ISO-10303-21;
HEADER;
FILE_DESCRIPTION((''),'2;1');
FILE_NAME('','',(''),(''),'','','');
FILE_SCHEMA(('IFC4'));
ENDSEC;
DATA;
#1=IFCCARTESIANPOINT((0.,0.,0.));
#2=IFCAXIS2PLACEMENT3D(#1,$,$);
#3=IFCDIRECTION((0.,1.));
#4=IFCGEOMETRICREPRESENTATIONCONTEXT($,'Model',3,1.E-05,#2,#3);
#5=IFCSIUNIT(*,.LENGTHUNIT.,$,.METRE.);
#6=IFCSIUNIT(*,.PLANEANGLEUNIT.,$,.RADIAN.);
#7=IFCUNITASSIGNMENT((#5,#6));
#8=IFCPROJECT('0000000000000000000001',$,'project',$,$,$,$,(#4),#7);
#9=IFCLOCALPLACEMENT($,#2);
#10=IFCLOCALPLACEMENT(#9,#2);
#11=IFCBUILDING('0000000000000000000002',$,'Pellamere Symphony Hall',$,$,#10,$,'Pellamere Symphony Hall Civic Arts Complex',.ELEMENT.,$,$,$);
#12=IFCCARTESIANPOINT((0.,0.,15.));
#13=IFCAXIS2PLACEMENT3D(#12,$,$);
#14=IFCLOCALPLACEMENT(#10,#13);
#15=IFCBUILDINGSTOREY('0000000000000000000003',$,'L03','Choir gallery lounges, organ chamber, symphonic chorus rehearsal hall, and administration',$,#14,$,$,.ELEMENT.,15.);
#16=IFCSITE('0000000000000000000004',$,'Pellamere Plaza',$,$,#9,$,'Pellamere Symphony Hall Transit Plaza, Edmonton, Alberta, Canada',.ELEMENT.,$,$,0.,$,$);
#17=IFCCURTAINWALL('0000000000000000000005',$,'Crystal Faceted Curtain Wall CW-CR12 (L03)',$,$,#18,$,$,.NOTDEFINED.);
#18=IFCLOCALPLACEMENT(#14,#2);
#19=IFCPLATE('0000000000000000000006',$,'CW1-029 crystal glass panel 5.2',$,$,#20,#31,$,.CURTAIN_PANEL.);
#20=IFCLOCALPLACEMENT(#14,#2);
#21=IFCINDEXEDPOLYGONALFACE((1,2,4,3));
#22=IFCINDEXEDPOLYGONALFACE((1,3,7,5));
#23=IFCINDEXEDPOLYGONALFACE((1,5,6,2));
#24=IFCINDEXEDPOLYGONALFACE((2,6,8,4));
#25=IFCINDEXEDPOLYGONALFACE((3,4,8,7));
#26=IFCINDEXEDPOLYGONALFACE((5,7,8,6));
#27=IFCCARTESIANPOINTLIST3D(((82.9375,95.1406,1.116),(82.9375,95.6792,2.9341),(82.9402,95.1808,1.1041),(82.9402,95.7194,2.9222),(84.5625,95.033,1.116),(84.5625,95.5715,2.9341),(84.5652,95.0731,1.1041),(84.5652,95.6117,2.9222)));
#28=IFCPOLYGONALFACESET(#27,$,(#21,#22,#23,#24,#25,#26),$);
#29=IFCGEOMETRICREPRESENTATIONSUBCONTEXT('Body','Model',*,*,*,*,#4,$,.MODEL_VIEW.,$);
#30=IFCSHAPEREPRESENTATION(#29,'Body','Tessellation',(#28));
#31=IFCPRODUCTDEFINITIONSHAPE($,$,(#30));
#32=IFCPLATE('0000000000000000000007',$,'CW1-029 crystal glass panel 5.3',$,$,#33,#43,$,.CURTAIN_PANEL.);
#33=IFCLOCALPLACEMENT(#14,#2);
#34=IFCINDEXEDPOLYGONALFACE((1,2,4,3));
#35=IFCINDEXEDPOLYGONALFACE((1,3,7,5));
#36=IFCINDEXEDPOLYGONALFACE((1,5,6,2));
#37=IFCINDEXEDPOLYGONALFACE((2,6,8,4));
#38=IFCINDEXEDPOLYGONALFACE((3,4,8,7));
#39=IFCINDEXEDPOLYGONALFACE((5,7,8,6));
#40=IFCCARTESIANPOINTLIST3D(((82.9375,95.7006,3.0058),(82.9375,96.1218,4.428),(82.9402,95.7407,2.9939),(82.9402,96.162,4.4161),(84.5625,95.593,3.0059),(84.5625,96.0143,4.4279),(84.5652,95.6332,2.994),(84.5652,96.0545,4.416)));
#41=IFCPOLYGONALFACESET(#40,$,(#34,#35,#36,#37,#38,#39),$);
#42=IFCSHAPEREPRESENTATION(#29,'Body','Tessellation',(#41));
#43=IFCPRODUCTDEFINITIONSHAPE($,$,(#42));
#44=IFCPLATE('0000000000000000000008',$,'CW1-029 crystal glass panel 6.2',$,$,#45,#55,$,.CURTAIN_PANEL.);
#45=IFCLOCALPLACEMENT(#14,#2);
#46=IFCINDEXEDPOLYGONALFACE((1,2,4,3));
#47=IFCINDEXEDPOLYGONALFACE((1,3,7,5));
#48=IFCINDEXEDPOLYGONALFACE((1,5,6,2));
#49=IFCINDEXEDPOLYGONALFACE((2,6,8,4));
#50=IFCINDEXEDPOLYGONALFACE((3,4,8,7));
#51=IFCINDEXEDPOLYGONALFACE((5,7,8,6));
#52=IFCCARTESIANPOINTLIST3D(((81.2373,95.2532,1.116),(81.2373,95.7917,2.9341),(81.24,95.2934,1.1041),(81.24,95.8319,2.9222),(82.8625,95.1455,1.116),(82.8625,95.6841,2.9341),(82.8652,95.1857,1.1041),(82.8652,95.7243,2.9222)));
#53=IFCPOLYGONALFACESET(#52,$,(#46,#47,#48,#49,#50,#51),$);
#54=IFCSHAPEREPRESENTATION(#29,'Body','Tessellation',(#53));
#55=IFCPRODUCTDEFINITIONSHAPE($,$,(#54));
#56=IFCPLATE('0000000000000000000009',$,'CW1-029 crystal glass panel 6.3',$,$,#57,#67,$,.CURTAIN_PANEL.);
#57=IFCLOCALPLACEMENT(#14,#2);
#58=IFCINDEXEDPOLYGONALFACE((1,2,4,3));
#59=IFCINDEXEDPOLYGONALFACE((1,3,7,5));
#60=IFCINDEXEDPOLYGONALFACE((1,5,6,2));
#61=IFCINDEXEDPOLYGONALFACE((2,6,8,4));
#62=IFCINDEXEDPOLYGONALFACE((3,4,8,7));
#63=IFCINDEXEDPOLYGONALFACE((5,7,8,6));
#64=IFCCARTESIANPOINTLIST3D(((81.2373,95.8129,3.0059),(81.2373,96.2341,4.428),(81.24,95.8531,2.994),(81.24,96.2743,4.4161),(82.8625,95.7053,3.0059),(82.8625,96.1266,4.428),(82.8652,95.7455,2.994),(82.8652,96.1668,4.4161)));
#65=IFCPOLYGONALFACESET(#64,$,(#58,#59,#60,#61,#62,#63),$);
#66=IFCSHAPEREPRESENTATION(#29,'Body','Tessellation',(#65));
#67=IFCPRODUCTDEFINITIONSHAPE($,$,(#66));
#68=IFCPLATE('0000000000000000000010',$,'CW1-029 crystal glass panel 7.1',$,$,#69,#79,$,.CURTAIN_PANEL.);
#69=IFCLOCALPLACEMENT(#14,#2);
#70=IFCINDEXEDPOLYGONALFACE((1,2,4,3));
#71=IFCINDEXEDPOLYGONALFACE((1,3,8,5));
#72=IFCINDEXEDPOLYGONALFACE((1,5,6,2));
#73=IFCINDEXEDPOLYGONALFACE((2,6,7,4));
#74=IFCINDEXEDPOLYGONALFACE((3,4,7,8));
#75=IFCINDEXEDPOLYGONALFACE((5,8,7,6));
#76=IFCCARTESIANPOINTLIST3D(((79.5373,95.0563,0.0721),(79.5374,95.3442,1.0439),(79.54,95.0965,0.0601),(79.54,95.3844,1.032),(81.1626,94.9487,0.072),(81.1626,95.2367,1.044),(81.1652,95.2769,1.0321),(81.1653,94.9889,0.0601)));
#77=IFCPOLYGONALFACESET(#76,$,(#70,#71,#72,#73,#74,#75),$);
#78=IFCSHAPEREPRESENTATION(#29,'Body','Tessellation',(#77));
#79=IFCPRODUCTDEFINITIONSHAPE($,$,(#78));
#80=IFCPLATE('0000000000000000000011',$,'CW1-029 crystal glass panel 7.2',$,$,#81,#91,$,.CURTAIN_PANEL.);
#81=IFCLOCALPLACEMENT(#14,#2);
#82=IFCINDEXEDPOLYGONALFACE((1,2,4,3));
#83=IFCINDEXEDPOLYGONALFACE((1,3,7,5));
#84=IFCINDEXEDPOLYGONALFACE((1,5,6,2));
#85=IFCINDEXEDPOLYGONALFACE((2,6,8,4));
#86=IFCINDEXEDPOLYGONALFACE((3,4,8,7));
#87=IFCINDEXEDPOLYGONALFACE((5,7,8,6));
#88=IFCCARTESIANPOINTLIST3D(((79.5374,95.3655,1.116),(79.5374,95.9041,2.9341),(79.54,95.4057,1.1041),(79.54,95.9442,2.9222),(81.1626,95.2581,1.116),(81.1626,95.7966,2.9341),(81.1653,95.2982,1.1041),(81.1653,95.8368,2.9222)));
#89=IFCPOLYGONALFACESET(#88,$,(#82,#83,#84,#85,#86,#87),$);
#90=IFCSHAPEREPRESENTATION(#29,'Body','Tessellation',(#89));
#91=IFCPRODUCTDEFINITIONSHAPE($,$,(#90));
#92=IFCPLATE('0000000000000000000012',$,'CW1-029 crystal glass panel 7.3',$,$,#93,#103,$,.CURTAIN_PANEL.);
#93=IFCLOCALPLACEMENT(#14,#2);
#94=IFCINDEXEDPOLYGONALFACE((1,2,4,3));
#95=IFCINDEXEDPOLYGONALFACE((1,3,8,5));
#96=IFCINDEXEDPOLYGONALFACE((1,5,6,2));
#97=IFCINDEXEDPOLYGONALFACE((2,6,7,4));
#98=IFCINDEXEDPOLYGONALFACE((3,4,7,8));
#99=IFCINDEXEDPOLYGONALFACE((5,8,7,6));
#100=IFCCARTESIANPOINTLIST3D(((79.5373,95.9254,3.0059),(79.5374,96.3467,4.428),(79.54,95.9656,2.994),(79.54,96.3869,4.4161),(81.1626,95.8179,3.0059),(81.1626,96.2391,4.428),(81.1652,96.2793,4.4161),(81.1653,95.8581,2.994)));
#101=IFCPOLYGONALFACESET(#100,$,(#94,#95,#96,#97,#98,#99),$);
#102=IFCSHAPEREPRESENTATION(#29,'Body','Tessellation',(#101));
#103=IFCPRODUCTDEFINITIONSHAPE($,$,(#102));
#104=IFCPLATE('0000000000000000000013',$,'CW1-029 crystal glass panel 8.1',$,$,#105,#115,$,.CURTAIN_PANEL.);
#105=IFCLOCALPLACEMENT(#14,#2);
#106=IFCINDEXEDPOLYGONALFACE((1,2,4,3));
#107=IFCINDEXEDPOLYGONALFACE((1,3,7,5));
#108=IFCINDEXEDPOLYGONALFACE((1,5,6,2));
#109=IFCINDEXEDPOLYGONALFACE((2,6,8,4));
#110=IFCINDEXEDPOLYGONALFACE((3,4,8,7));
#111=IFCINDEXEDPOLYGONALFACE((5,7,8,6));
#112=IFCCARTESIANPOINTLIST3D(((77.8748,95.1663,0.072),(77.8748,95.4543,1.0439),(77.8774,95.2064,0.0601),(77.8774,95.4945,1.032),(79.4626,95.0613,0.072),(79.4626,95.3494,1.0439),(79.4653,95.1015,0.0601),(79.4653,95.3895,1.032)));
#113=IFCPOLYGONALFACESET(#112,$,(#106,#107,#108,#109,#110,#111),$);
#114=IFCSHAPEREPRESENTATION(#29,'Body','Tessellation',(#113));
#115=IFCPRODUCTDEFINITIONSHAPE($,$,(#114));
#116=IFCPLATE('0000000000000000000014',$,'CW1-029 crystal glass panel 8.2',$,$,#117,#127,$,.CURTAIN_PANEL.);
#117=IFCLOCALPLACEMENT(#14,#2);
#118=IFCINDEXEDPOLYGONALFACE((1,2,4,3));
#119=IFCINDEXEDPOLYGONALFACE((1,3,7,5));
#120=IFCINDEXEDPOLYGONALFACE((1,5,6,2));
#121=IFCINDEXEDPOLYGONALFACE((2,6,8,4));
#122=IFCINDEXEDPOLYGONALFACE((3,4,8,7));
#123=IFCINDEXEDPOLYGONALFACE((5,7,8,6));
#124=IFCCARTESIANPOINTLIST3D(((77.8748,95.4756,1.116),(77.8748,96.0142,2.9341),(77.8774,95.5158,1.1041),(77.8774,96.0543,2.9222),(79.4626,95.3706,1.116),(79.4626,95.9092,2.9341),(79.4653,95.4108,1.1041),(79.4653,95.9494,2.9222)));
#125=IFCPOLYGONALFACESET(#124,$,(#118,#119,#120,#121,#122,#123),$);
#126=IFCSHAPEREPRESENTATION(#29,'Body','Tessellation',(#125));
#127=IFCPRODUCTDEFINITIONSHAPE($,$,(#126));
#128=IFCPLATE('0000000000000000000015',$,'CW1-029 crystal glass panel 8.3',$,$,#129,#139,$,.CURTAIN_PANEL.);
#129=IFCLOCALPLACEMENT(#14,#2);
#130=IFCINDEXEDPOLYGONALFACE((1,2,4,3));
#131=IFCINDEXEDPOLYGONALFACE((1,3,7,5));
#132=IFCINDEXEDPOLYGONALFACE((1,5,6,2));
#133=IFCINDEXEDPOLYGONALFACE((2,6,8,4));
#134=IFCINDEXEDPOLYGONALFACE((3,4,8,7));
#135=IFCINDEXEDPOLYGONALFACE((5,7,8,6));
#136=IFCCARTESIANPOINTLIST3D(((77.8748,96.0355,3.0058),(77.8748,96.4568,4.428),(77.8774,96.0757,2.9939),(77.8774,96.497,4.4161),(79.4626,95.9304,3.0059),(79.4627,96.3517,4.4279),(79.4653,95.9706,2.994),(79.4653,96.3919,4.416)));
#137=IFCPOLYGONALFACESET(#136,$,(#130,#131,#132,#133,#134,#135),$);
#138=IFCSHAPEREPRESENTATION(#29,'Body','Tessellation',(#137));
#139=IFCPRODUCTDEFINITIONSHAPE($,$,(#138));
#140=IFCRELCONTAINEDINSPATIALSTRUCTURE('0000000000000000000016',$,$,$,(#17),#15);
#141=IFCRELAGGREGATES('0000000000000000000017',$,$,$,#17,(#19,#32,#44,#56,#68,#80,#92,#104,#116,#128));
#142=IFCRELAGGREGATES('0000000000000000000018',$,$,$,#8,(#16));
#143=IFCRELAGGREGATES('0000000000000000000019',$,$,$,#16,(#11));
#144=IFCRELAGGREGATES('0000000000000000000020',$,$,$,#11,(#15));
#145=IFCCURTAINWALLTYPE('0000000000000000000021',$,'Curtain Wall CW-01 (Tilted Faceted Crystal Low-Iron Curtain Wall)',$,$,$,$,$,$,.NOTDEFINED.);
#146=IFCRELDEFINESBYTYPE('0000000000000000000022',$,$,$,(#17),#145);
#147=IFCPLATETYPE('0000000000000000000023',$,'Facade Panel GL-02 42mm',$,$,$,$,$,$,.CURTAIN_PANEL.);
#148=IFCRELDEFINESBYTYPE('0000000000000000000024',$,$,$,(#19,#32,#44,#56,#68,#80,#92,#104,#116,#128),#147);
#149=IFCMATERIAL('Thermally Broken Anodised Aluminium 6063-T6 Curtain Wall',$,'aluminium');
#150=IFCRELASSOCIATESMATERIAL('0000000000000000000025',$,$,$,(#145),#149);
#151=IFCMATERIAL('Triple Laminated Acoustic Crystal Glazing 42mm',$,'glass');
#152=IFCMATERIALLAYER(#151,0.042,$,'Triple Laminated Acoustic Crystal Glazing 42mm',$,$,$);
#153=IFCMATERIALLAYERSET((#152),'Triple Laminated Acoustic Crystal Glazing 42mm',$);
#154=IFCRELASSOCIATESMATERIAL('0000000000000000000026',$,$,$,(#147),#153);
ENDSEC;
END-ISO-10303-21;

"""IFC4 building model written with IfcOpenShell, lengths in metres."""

from ifc_helpers import new_model, si_unit, direction, frame, origin, place, context, subcontext, project, spatial, polyline, outline, extrude, material, layer, layer_set, type_object, element, aggregate, save


model = new_model("IFC4")

# Units and contexts
model_context = context("Model", 3, precision=1e-05, world=origin(), true_north=direction((0.0, 1.0)))
body_context = subcontext(model_context, "Body", "Model", "MODEL_VIEW")
ifc_project = project(units=[si_unit("LENGTHUNIT", "METRE"), si_unit("PLANEANGLEUNIT", "RADIAN")], contexts=[model_context])

# Site, building, storey
site_placement = place(None, origin())
site = spatial("IfcSite", under=ifc_project, at=site_placement, Name="Pellamere Plaza", LongName="Pellamere Symphony Hall Transit Plaza, Edmonton, Alberta, Canada", CompositionType="ELEMENT", RefElevation=0.0)
building_placement = place(site_placement, origin())
building = spatial("IfcBuilding", under=site, at=building_placement, Name="Pellamere Symphony Hall", LongName="Pellamere Symphony Hall Civic Arts Complex", CompositionType="ELEMENT")
storey_placement = place(building_placement, frame((0.0, 0.0, 15.0)))
storey = spatial("IfcBuildingStorey", under=building, at=storey_placement, Name="L03", Description="Choir gallery lounges, organ chamber, symphonic chorus rehearsal hall, and administration", CompositionType="ELEMENT", Elevation=15.0)

# Curtain wall, plates
ifc_material_1 = material(Name="Thermally Broken Anodised Aluminium 6063-T6 Curtain Wall", Category="aluminium")
curtain_wall_type = type_object("IfcCurtainWallType", Name="Curtain Wall CW-01 (Tilted Faceted Crystal Low-Iron Curtain Wall)", PredefinedType="NOTDEFINED", material=ifc_material_1)
curtain_wall_placement = place(storey_placement, origin())
curtain_wall = element("IfcCurtainWall", 1, at=curtain_wall_placement, inside=storey, type_object=curtain_wall_type, Name="Crystal Faceted Curtain Wall CW-CR12 (L03)", PredefinedType="NOTDEFINED")
ifc_material_2 = material(Name="Triple Laminated Acoustic Crystal Glazing 42mm", Category="glass")
ifc_layer = layer(ifc_material_2, 0.042, Name="Triple Laminated Acoustic Crystal Glazing 42mm")
ifc_layer_set = layer_set([ifc_layer], Name="Triple Laminated Acoustic Crystal Glazing 42mm")
plate_type = type_object("IfcPlateType", Name="Facade Panel GL-02 42mm", PredefinedType="CURTAIN_PANEL", material=ifc_layer_set)
plate_1_placement = place(storey_placement, frame((84.5625, 95.033, 1.116), z_axis=(-0.0634, -0.956887, 0.283456), x_axis=(-0.997812, 0.066111, 0.0)))
plate_1 = element("IfcPlate", 2, at=plate_1_placement, type_object=plate_type, Name="CW1-029 crystal glass panel 5.2", PredefinedType="CURTAIN_PANEL", context=body_context, shape_type="SweptSolid", body=[
    extrude(outline(polyline([(0.0, 0.0), (1.6286, 0.0), (1.6642, -1.8959), (0.0356, -1.8959), (0.0, 0.0)])), origin(), (0.0, 0.0, -1.0), 0.042),
])
plate_2_placement = place(storey_placement, frame((84.5625, 95.593, 3.0059), z_axis=(-0.063328, -0.956893, 0.283454), x_axis=(-0.997818, 0.06603, -0.00002)))
plate_2 = element("IfcPlate", 3, at=plate_2_placement, type_object=plate_type, Name="CW1-029 crystal glass panel 5.3", PredefinedType="CURTAIN_PANEL", context=body_context, shape_type="SweptSolid", body=[
    extrude(outline(polyline([(0.0, 0.0), (1.6285, 0.0), (1.6563, -1.483), (0.0278, -1.4829), (0.0, 0.0)])), origin(), (0.0, 0.0, -1.0), 0.042),
])
plate_3_placement = place(storey_placement, frame((82.8625, 95.1455, 1.116), z_axis=(-0.06339, -0.956888, 0.283456), x_axis=(-0.997813, 0.066101, 0.0)))
plate_3 = element("IfcPlate", 4, at=plate_3_placement, type_object=plate_type, Name="CW1-029 crystal glass panel 6.2", PredefinedType="CURTAIN_PANEL", context=body_context, shape_type="SweptSolid", body=[
    extrude(outline(polyline([(0.0, 0.0), (1.6288, 0.0), (1.6644, -1.8959), (0.0356, -1.8959), (0.0, 0.0)])), origin(), (0.0, 0.0, -1.0), 0.042),
])
plate_4_placement = place(storey_placement, frame((82.8625, 95.7053, 3.0059), z_axis=(-0.063319, -0.956893, 0.283454), x_axis=(-0.997817, 0.066033, 0.00002)))
plate_4 = element("IfcPlate", 5, at=plate_4_placement, type_object=plate_type, Name="CW1-029 crystal glass panel 6.3", PredefinedType="CURTAIN_PANEL", context=body_context, shape_type="SweptSolid", body=[
    extrude(outline(polyline([(0.0, 0.0), (1.6288, 0.0), (1.6566, -1.4829), (0.0279, -1.483), (0.0, 0.0)])), origin(), (0.0, 0.0, -1.0), 0.042),
])
plate_5_placement = place(storey_placement, frame((81.1626, 94.9487, 0.072), z_axis=(-0.063318, -0.956878, 0.283506), x_axis=(-0.997817, 0.066033, 0.00002)))
plate_5 = element("IfcPlate", 6, at=plate_5_placement, type_object=plate_type, Name="CW1-029 crystal glass panel 7.1", PredefinedType="CURTAIN_PANEL", context=body_context, shape_type="SweptSolid", body=[
    extrude(outline(polyline([(0.0, 0.0), (1.6288, 0.0), (1.6478, -1.0135), (0.019, -1.0135), (0.0, 0.0)])), origin(), (0.0, 0.0, -1.0), 0.042),
])
plate_6_placement = place(storey_placement, frame((81.1626, 95.2581, 1.116), z_axis=(-0.063247, -0.956897, 0.283458), x_axis=(-0.997823, 0.065952, 0.0)))
plate_6 = element("IfcPlate", 7, at=plate_6_placement, type_object=plate_type, Name="CW1-029 crystal glass panel 7.2", PredefinedType="CURTAIN_PANEL", context=body_context, shape_type="SweptSolid", body=[
    extrude(outline(polyline([(0.0, 0.0), (1.6288, 0.0), (1.6643, -1.8959), (0.0355, -1.8959), (0.0, 0.0)])), origin(), (0.0, 0.0, -1.0), 0.042),
])
plate_7_placement = place(storey_placement, frame((81.1626, 95.8179, 3.0059), z_axis=(-0.063319, -0.956893, 0.283454), x_axis=(-0.997817, 0.066033, 0.00002)))
plate_7 = element("IfcPlate", 8, at=plate_7_placement, type_object=plate_type, Name="CW1-029 crystal glass panel 7.3", PredefinedType="CURTAIN_PANEL", context=body_context, shape_type="SweptSolid", body=[
    extrude(outline(polyline([(0.0, 0.0), (1.6288, 0.0), (1.6566, -1.4829), (0.0279, -1.483), (0.0, 0.0)])), origin(), (0.0, 0.0, -1.0), 0.042),
])
plate_8_placement = place(storey_placement, frame((79.4626, 95.0613, 0.072), z_axis=(-0.06326, -0.956849, 0.283618), x_axis=(-0.997822, 0.065969, 0.0)))
plate_8 = element("IfcPlate", 9, at=plate_8_placement, type_object=plate_type, Name="CW1-029 crystal glass panel 8.1", PredefinedType="CURTAIN_PANEL", context=body_context, shape_type="SweptSolid", body=[
    extrude(outline(polyline([(0.0, 0.0), (1.5914, 0.0), (1.6104, -1.0135), (0.019, -1.0135), (0.0, 0.0)])), origin(), (0.0, 0.0, -1.0), 0.042),
])
plate_9_placement = place(storey_placement, frame((79.4626, 95.3706, 1.116), z_axis=(-0.063263, -0.956896, 0.283458), x_axis=(-0.997822, 0.065969, 0.0)))
plate_9 = element("IfcPlate", 10, at=plate_9_placement, type_object=plate_type, Name="CW1-029 crystal glass panel 8.2", PredefinedType="CURTAIN_PANEL", context=body_context, shape_type="SweptSolid", body=[
    extrude(outline(polyline([(0.0, 0.0), (1.5914, 0.0), (1.6269, -1.8959), (0.0355, -1.8959), (0.0, 0.0)])), origin(), (0.0, 0.0, -1.0), 0.042),
])
plate_10_placement = place(storey_placement, frame((79.4626, 95.9304, 3.0059), z_axis=(-0.063337, -0.956892, 0.283454), x_axis=(-0.997817, 0.066039, -0.000021)))
plate_10 = element("IfcPlate", 11, at=plate_10_placement, type_object=plate_type, Name="CW1-029 crystal glass panel 8.3", PredefinedType="CURTAIN_PANEL", context=body_context, shape_type="SweptSolid", body=[
    extrude(outline(polyline([(0.0, 0.0), (1.5914, 0.0), (1.6192, -1.483), (0.0278, -1.4829), (0.0, 0.0)])), origin(), (0.0, 0.0, -1.0), 0.042),
])
aggregate(curtain_wall, [plate_1, plate_2, plate_3, plate_4, plate_5, plate_6, plate_7, plate_8, plate_9, plate_10])

save(model, "model.ifc")
